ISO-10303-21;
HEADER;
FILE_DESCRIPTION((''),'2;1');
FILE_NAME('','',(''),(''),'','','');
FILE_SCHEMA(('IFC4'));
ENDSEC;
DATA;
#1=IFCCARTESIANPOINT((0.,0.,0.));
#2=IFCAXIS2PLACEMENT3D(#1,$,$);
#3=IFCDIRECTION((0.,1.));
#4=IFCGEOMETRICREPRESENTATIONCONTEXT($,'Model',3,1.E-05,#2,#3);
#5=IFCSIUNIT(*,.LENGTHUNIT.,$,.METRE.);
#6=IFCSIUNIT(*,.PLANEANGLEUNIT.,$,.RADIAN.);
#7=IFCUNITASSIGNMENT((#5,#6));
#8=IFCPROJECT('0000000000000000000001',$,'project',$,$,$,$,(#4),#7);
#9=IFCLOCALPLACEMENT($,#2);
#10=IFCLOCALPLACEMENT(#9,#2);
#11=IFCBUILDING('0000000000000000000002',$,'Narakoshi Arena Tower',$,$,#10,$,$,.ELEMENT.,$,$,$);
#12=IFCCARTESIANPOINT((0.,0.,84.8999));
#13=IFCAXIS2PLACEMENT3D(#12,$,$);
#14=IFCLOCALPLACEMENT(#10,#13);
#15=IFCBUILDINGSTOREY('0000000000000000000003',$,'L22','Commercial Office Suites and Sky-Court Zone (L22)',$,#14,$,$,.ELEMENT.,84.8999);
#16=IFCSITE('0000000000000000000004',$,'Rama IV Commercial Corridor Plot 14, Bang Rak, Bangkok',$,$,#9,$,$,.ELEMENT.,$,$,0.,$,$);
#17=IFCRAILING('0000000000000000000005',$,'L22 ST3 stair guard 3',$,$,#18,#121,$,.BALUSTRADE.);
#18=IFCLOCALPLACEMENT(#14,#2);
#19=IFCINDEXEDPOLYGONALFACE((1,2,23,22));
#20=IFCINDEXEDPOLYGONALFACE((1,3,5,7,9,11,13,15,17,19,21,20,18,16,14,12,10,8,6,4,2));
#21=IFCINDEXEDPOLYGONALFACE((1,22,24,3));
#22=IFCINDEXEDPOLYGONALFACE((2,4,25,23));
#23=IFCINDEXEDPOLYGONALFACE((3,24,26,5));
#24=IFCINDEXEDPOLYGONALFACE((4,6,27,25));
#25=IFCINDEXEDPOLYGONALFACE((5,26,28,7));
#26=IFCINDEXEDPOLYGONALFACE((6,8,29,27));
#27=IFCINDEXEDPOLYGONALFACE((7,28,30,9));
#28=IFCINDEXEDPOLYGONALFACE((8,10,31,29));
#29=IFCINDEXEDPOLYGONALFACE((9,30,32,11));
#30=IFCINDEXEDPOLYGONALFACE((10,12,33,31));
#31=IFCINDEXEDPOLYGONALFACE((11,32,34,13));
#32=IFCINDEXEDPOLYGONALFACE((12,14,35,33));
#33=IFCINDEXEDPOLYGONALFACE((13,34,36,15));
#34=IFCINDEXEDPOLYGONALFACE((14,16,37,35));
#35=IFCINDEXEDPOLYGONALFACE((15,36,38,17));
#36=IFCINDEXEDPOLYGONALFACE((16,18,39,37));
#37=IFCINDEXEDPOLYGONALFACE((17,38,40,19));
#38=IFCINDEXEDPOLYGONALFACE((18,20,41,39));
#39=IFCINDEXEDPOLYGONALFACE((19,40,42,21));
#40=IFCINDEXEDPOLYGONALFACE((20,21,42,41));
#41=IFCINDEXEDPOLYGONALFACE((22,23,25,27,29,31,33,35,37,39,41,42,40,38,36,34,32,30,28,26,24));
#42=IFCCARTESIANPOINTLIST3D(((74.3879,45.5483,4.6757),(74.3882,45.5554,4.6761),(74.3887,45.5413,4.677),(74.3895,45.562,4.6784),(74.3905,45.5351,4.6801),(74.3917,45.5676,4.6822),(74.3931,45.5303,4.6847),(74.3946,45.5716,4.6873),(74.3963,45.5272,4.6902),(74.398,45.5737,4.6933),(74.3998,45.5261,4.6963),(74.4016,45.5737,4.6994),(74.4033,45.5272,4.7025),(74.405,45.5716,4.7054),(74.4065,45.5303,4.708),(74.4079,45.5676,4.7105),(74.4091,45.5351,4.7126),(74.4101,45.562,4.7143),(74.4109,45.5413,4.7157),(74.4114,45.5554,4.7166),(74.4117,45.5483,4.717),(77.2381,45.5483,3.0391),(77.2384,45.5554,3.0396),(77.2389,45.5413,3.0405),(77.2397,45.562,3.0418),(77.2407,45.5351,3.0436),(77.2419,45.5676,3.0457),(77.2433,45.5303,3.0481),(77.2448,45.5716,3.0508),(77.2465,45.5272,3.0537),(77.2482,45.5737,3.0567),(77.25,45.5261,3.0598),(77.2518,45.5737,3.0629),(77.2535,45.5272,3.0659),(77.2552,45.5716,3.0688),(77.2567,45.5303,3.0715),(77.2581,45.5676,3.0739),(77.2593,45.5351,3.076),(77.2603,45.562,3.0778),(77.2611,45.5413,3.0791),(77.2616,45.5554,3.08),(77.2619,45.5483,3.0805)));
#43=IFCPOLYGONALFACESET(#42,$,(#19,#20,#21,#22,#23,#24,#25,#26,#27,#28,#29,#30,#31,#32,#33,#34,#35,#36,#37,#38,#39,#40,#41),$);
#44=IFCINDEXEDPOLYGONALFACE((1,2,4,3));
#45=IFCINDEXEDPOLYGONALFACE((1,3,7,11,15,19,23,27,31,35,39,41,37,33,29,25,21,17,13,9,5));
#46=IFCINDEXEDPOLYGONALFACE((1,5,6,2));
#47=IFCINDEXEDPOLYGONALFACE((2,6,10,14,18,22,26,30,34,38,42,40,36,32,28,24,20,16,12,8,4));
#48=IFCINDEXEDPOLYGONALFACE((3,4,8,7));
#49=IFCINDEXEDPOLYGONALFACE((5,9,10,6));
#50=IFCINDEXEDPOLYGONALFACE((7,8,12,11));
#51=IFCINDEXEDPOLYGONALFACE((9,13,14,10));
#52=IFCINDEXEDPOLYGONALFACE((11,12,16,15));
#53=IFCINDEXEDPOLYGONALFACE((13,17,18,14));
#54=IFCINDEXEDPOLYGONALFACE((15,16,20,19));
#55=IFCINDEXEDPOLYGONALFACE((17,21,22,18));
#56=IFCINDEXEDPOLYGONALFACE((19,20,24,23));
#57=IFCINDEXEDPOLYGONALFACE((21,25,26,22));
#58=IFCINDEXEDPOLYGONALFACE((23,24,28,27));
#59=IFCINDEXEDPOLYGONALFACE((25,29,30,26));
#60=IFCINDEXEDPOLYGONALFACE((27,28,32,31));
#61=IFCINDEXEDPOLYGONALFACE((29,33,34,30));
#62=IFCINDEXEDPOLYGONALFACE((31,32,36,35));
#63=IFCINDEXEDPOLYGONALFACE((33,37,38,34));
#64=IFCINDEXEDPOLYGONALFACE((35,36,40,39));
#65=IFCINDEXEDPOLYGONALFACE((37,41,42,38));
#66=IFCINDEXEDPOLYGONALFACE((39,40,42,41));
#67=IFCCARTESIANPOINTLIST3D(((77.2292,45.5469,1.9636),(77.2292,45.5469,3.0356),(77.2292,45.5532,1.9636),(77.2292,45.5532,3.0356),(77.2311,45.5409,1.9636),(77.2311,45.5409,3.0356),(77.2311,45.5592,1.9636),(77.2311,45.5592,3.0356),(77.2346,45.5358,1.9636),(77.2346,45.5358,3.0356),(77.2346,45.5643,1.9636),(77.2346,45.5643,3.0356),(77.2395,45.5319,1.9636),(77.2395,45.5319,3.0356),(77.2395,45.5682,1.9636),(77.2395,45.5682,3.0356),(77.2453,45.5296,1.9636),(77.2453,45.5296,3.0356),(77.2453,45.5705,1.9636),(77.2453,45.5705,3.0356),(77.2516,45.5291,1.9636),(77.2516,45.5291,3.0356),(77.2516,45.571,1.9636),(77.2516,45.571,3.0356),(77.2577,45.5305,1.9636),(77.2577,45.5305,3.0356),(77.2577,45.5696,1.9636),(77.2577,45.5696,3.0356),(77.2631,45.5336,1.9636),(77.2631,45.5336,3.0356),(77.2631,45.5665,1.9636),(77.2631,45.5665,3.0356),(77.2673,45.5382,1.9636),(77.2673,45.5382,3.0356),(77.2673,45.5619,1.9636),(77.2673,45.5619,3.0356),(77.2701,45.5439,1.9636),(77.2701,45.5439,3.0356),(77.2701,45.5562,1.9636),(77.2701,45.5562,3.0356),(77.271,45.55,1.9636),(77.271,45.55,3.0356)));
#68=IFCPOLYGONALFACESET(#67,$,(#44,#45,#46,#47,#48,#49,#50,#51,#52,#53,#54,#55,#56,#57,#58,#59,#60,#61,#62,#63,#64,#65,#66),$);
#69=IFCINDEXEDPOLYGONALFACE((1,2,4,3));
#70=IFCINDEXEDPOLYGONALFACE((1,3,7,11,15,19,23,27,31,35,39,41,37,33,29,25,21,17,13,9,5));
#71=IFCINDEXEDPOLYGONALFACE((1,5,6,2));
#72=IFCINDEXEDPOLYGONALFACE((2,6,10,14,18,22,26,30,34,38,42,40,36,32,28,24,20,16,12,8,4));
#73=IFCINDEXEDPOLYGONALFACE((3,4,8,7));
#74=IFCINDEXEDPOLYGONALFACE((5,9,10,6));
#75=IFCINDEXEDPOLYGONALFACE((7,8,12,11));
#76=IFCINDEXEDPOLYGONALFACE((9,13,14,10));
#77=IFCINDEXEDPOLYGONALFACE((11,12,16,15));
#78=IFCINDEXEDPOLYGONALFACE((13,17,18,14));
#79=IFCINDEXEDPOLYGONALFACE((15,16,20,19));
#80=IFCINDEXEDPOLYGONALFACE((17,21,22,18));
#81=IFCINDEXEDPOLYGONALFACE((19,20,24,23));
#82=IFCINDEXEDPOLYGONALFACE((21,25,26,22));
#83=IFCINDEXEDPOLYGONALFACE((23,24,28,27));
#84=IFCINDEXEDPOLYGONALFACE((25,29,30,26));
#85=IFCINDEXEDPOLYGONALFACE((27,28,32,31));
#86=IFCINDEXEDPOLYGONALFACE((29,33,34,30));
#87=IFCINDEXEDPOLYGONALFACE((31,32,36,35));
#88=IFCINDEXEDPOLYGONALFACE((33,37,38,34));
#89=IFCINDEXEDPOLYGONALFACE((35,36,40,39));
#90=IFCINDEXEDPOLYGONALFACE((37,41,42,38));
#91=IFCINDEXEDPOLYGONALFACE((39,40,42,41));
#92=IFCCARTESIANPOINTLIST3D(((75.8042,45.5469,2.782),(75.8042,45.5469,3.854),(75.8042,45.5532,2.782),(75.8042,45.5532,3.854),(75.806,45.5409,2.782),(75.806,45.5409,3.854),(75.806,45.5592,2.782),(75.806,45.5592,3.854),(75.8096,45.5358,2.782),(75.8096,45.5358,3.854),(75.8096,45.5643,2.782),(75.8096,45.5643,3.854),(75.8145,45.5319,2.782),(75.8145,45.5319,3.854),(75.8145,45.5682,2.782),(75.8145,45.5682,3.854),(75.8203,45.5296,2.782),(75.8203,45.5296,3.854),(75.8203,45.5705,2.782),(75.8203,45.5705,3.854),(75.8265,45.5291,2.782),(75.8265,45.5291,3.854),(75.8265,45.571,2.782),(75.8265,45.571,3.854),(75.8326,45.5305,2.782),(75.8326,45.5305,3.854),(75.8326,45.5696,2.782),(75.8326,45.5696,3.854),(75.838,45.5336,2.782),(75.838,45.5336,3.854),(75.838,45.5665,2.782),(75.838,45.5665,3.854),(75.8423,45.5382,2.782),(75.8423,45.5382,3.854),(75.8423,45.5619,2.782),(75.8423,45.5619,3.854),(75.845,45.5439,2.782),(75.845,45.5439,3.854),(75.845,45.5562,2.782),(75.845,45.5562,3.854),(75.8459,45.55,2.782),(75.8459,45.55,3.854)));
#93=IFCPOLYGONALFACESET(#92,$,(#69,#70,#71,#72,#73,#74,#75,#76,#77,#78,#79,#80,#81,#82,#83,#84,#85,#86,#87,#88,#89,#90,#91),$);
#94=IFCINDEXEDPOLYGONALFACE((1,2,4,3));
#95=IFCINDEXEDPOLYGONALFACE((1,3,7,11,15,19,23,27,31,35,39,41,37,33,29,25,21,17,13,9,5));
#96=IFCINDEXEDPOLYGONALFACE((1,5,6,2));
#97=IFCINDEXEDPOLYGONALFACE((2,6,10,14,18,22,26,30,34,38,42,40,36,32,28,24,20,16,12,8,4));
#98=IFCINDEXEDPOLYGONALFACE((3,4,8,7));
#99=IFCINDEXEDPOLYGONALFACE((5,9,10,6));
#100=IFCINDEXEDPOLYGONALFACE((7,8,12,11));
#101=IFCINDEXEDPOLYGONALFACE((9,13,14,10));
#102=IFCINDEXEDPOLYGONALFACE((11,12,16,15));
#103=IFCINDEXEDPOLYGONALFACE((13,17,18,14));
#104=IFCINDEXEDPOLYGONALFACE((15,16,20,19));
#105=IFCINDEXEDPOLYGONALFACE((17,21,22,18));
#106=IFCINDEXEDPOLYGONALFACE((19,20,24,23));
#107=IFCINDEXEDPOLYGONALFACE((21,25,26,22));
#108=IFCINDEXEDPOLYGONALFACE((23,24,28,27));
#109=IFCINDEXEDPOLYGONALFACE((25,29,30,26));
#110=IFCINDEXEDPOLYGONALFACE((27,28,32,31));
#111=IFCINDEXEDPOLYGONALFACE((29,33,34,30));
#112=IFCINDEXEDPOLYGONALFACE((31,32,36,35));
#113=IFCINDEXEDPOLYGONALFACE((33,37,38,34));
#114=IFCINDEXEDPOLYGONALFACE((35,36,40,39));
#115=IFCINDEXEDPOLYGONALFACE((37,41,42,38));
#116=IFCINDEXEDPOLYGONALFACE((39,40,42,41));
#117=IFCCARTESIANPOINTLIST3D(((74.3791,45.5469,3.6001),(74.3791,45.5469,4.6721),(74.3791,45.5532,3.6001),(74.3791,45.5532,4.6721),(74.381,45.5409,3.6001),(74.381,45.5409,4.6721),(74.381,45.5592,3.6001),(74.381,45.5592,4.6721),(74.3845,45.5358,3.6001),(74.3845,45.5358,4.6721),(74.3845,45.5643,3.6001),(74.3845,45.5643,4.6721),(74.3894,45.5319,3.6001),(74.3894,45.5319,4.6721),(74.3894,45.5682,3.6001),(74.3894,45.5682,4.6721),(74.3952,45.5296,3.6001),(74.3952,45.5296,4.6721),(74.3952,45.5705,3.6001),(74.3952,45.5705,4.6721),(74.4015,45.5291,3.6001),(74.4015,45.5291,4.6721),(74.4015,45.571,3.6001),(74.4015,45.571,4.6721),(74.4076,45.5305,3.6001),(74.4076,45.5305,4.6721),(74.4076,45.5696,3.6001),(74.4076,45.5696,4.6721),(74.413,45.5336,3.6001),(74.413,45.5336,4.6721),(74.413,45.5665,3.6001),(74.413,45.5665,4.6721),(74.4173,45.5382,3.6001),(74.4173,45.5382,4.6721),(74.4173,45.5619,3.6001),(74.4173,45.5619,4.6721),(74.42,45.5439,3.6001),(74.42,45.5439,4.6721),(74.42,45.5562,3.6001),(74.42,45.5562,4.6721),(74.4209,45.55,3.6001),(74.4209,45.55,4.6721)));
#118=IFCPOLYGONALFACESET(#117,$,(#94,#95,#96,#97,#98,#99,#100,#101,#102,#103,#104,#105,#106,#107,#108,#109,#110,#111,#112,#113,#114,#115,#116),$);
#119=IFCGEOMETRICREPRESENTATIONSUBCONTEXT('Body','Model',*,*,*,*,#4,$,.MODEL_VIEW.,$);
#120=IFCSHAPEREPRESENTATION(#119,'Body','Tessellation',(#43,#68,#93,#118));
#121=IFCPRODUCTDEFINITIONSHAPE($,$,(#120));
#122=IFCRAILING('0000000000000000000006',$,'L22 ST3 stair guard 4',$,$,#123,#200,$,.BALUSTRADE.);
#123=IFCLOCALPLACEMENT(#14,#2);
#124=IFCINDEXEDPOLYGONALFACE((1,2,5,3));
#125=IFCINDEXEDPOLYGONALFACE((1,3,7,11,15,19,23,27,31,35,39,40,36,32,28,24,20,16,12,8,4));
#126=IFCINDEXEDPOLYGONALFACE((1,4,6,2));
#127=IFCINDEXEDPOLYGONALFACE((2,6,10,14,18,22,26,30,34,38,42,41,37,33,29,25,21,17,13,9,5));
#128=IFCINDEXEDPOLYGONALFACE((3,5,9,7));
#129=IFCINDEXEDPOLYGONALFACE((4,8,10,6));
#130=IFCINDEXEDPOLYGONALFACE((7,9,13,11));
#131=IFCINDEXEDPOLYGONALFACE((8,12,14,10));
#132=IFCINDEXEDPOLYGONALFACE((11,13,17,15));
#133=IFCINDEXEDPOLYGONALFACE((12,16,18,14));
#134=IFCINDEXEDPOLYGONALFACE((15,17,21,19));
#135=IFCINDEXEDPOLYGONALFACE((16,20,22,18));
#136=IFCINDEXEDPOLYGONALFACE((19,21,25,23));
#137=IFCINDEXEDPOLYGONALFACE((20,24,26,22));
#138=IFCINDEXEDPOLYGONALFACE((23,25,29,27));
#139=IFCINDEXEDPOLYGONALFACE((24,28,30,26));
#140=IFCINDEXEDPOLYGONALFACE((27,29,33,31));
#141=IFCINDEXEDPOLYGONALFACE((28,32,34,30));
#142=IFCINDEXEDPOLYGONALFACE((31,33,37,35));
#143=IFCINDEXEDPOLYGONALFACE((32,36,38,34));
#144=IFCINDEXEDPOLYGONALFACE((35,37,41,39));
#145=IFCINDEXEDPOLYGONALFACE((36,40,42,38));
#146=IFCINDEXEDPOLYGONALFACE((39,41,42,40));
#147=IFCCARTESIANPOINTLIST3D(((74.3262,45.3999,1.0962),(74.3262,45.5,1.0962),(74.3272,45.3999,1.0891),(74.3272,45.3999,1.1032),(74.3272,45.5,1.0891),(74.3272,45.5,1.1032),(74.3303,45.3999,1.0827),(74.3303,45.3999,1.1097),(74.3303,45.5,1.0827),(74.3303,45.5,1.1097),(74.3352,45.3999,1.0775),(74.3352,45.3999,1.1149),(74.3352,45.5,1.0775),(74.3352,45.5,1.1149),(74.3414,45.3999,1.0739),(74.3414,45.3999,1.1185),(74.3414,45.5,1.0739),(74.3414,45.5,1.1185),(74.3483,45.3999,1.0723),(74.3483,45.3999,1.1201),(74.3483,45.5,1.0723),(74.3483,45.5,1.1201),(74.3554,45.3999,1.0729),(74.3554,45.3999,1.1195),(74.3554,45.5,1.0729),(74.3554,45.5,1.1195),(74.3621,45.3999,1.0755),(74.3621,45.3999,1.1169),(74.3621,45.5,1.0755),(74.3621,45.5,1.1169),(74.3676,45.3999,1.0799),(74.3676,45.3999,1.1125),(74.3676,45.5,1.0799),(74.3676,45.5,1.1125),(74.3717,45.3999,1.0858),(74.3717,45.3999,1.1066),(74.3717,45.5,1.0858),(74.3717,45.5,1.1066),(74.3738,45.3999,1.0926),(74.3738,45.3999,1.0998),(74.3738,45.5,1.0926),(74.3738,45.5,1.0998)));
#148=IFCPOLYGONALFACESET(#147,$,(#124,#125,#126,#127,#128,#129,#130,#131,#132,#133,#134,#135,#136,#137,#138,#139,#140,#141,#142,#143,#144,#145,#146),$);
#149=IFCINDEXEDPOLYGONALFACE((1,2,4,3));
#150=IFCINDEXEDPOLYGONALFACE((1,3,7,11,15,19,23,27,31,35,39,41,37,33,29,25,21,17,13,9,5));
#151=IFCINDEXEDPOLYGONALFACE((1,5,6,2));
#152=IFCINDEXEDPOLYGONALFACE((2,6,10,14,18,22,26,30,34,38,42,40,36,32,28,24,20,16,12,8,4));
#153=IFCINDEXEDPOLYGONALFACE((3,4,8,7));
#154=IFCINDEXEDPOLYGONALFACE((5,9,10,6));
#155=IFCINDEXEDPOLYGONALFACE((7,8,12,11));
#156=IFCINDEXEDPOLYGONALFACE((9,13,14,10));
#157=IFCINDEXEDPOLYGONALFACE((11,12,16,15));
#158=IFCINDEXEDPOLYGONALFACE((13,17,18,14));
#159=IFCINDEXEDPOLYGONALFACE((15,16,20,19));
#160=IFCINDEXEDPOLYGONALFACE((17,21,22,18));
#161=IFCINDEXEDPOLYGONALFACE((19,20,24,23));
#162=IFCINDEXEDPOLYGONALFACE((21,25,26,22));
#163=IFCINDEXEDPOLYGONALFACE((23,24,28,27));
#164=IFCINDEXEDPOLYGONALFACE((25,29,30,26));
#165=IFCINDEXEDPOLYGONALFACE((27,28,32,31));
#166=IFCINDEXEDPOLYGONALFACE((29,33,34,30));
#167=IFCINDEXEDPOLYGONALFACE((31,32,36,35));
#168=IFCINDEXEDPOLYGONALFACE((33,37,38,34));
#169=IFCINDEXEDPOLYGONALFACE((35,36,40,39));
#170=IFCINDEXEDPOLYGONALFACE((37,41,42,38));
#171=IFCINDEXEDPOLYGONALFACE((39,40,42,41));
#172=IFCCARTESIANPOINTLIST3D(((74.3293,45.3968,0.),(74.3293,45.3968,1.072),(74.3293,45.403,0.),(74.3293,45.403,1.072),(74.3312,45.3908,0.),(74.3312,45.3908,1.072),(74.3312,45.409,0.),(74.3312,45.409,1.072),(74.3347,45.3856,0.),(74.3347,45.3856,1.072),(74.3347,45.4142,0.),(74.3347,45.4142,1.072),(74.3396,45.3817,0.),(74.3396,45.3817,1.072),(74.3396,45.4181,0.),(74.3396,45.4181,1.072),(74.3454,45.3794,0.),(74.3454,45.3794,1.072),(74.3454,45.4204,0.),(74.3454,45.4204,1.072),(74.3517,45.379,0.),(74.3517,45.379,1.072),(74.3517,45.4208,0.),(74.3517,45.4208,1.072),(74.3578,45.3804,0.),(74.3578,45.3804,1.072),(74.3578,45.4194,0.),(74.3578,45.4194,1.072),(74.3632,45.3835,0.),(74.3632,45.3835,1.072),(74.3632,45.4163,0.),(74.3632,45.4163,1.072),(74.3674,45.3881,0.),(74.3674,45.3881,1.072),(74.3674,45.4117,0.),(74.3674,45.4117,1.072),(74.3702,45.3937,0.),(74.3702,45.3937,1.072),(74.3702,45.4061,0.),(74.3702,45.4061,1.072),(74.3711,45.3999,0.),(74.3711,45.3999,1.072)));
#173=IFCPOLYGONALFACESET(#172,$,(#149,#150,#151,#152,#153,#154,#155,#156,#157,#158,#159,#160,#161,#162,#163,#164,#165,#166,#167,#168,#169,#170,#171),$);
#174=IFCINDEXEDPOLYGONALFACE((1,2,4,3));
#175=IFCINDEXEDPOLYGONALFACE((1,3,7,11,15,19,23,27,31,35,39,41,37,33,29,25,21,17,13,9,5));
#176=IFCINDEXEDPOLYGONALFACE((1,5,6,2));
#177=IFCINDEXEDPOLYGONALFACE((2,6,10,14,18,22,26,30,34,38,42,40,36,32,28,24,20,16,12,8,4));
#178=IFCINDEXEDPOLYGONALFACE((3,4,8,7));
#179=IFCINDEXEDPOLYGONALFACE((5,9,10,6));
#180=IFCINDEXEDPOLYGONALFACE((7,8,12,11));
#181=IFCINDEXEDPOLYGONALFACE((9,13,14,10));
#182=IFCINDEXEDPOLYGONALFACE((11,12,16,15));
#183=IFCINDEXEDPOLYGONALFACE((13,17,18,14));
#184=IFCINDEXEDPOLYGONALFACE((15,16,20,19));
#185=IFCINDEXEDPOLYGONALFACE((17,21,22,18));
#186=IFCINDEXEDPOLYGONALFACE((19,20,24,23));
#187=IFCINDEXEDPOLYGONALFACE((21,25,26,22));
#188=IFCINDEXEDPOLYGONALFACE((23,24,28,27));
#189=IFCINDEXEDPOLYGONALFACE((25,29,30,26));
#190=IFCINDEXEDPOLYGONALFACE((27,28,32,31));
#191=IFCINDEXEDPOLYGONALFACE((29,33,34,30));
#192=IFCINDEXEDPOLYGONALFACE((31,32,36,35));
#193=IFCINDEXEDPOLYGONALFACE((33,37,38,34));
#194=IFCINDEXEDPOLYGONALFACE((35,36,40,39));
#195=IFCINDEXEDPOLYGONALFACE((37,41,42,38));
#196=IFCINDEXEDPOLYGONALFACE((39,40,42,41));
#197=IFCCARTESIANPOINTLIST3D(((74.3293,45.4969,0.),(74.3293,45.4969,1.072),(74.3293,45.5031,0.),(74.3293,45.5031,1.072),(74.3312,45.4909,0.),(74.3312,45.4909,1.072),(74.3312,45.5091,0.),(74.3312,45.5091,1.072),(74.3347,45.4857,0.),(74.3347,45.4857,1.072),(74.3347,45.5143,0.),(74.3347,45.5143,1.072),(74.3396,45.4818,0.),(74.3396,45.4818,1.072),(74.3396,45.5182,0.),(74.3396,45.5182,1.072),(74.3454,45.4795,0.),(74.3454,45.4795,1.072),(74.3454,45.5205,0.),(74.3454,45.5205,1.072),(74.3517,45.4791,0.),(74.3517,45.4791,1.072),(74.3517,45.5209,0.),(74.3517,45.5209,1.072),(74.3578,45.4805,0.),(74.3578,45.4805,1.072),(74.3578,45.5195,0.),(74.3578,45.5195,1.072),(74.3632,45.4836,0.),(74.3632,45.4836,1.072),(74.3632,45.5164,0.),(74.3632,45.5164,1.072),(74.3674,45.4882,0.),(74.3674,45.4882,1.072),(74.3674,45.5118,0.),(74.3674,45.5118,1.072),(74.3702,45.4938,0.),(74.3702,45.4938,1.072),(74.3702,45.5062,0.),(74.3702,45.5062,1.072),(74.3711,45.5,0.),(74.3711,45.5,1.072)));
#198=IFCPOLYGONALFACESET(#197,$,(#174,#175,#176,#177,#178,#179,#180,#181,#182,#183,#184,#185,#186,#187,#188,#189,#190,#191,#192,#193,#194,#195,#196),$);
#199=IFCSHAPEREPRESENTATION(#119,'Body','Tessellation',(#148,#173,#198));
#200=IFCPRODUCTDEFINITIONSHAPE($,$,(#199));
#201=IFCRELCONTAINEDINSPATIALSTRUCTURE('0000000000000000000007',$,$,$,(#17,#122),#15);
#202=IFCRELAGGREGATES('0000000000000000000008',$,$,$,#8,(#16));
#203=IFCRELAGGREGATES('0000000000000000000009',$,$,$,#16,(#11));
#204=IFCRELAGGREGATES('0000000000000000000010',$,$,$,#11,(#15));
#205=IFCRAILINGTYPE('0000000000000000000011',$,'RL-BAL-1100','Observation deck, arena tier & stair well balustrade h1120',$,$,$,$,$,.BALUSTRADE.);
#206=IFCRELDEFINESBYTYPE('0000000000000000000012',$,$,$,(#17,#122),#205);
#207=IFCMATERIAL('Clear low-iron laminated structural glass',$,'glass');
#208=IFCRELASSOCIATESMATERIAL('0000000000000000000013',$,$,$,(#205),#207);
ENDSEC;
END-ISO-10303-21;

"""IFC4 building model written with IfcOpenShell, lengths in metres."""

from ifc_helpers import new_model, si_unit, direction, frame, origin, origin_2d, place, context, subcontext, project, spatial, circle, extrude, material, type_object, element, save


model = new_model("IFC4")

# Units and contexts
model_context = context("Model", 3, precision=1e-05, world=origin(), true_north=direction((0.0, 1.0)))
body_context = subcontext(model_context, "Body", "Model", "MODEL_VIEW")
ifc_project = project(units=[si_unit("LENGTHUNIT", "METRE"), si_unit("PLANEANGLEUNIT", "RADIAN")], contexts=[model_context])

# Site, building, storey
site_placement = place(None, origin())
site = spatial("IfcSite", under=ifc_project, at=site_placement, Name="Rama IV Commercial Corridor Plot 14, Bang Rak, Bangkok", CompositionType="ELEMENT", RefElevation=0.0)
building_placement = place(site_placement, origin())
building = spatial("IfcBuilding", under=site, at=building_placement, Name="Narakoshi Arena Tower", CompositionType="ELEMENT")
storey_placement = place(building_placement, frame((0.0, 0.0, 84.8999)))
storey = spatial("IfcBuildingStorey", under=building, at=storey_placement, Name="L22", Description="Commercial Office Suites and Sky-Court Zone (L22)", CompositionType="ELEMENT", Elevation=84.8999)

# Railings
ifc_material_1 = material(Name="Clear low-iron laminated structural glass", Category="glass")
railing_type_1 = type_object("IfcRailingType", Name="RL-BAL-1100", Description="Observation deck, arena tier & stair well balustrade h1120", PredefinedType="BALUSTRADE", material=ifc_material_1)
railing_1_placement = place(storey_placement, frame((77.25, 45.55, 1.9636)))
element("IfcRailing", 1, at=railing_1_placement, inside=storey, type_object=railing_type_1, Name="L22 ST3 stair guard 3", PredefinedType="BALUSTRADE", context=body_context, shape_type="SweptSolid", body=[
    extrude(circle(Radius=0.0239, at=origin_2d()), frame((0.0, 0.0, 1.0962), z_axis=(-0.867213, 0.0, 0.497938), x_axis=(0.0, -1.0, 0.0)), (0.0, 0.0, 1.0), 3.2866),
    extrude(circle(Radius=0.021, at=origin_2d()), origin(), (0.0, 0.0, 1.0), 1.072),
    extrude(circle(Radius=0.021, at=origin_2d()), frame((-1.425, 0.0, 0.8184)), (0.0, 0.0, 1.0), 1.072),
    extrude(circle(Radius=0.021, at=origin_2d()), frame((-2.8501, 0.0, 1.6365)), (0.0, 0.0, 1.0), 1.072),
])
railing_2_placement = place(storey_placement, frame((74.3501, 45.3999, 0.0)))
element("IfcRailing", 2, at=railing_2_placement, inside=storey, type_object=railing_type_1, Name="L22 ST3 stair guard 4", PredefinedType="BALUSTRADE", context=body_context, shape_type="SweptSolid", body=[
    extrude(circle(Radius=0.0239, at=origin_2d()), frame((0.0, 0.0, 1.0962), z_axis=(0.0, 1.0, 0.0), x_axis=(-1.0, 0.0, 0.0)), (0.0, 0.0, 1.0), 0.1001),
    extrude(circle(Radius=0.021, at=origin_2d()), origin(), (0.0, 0.0, 1.0), 1.072),
    extrude(circle(Radius=0.021, at=origin_2d()), frame((0.0, 0.1001, 0.0)), (0.0, 0.0, 1.0), 1.072),
])

save(model, "model.ifc")
